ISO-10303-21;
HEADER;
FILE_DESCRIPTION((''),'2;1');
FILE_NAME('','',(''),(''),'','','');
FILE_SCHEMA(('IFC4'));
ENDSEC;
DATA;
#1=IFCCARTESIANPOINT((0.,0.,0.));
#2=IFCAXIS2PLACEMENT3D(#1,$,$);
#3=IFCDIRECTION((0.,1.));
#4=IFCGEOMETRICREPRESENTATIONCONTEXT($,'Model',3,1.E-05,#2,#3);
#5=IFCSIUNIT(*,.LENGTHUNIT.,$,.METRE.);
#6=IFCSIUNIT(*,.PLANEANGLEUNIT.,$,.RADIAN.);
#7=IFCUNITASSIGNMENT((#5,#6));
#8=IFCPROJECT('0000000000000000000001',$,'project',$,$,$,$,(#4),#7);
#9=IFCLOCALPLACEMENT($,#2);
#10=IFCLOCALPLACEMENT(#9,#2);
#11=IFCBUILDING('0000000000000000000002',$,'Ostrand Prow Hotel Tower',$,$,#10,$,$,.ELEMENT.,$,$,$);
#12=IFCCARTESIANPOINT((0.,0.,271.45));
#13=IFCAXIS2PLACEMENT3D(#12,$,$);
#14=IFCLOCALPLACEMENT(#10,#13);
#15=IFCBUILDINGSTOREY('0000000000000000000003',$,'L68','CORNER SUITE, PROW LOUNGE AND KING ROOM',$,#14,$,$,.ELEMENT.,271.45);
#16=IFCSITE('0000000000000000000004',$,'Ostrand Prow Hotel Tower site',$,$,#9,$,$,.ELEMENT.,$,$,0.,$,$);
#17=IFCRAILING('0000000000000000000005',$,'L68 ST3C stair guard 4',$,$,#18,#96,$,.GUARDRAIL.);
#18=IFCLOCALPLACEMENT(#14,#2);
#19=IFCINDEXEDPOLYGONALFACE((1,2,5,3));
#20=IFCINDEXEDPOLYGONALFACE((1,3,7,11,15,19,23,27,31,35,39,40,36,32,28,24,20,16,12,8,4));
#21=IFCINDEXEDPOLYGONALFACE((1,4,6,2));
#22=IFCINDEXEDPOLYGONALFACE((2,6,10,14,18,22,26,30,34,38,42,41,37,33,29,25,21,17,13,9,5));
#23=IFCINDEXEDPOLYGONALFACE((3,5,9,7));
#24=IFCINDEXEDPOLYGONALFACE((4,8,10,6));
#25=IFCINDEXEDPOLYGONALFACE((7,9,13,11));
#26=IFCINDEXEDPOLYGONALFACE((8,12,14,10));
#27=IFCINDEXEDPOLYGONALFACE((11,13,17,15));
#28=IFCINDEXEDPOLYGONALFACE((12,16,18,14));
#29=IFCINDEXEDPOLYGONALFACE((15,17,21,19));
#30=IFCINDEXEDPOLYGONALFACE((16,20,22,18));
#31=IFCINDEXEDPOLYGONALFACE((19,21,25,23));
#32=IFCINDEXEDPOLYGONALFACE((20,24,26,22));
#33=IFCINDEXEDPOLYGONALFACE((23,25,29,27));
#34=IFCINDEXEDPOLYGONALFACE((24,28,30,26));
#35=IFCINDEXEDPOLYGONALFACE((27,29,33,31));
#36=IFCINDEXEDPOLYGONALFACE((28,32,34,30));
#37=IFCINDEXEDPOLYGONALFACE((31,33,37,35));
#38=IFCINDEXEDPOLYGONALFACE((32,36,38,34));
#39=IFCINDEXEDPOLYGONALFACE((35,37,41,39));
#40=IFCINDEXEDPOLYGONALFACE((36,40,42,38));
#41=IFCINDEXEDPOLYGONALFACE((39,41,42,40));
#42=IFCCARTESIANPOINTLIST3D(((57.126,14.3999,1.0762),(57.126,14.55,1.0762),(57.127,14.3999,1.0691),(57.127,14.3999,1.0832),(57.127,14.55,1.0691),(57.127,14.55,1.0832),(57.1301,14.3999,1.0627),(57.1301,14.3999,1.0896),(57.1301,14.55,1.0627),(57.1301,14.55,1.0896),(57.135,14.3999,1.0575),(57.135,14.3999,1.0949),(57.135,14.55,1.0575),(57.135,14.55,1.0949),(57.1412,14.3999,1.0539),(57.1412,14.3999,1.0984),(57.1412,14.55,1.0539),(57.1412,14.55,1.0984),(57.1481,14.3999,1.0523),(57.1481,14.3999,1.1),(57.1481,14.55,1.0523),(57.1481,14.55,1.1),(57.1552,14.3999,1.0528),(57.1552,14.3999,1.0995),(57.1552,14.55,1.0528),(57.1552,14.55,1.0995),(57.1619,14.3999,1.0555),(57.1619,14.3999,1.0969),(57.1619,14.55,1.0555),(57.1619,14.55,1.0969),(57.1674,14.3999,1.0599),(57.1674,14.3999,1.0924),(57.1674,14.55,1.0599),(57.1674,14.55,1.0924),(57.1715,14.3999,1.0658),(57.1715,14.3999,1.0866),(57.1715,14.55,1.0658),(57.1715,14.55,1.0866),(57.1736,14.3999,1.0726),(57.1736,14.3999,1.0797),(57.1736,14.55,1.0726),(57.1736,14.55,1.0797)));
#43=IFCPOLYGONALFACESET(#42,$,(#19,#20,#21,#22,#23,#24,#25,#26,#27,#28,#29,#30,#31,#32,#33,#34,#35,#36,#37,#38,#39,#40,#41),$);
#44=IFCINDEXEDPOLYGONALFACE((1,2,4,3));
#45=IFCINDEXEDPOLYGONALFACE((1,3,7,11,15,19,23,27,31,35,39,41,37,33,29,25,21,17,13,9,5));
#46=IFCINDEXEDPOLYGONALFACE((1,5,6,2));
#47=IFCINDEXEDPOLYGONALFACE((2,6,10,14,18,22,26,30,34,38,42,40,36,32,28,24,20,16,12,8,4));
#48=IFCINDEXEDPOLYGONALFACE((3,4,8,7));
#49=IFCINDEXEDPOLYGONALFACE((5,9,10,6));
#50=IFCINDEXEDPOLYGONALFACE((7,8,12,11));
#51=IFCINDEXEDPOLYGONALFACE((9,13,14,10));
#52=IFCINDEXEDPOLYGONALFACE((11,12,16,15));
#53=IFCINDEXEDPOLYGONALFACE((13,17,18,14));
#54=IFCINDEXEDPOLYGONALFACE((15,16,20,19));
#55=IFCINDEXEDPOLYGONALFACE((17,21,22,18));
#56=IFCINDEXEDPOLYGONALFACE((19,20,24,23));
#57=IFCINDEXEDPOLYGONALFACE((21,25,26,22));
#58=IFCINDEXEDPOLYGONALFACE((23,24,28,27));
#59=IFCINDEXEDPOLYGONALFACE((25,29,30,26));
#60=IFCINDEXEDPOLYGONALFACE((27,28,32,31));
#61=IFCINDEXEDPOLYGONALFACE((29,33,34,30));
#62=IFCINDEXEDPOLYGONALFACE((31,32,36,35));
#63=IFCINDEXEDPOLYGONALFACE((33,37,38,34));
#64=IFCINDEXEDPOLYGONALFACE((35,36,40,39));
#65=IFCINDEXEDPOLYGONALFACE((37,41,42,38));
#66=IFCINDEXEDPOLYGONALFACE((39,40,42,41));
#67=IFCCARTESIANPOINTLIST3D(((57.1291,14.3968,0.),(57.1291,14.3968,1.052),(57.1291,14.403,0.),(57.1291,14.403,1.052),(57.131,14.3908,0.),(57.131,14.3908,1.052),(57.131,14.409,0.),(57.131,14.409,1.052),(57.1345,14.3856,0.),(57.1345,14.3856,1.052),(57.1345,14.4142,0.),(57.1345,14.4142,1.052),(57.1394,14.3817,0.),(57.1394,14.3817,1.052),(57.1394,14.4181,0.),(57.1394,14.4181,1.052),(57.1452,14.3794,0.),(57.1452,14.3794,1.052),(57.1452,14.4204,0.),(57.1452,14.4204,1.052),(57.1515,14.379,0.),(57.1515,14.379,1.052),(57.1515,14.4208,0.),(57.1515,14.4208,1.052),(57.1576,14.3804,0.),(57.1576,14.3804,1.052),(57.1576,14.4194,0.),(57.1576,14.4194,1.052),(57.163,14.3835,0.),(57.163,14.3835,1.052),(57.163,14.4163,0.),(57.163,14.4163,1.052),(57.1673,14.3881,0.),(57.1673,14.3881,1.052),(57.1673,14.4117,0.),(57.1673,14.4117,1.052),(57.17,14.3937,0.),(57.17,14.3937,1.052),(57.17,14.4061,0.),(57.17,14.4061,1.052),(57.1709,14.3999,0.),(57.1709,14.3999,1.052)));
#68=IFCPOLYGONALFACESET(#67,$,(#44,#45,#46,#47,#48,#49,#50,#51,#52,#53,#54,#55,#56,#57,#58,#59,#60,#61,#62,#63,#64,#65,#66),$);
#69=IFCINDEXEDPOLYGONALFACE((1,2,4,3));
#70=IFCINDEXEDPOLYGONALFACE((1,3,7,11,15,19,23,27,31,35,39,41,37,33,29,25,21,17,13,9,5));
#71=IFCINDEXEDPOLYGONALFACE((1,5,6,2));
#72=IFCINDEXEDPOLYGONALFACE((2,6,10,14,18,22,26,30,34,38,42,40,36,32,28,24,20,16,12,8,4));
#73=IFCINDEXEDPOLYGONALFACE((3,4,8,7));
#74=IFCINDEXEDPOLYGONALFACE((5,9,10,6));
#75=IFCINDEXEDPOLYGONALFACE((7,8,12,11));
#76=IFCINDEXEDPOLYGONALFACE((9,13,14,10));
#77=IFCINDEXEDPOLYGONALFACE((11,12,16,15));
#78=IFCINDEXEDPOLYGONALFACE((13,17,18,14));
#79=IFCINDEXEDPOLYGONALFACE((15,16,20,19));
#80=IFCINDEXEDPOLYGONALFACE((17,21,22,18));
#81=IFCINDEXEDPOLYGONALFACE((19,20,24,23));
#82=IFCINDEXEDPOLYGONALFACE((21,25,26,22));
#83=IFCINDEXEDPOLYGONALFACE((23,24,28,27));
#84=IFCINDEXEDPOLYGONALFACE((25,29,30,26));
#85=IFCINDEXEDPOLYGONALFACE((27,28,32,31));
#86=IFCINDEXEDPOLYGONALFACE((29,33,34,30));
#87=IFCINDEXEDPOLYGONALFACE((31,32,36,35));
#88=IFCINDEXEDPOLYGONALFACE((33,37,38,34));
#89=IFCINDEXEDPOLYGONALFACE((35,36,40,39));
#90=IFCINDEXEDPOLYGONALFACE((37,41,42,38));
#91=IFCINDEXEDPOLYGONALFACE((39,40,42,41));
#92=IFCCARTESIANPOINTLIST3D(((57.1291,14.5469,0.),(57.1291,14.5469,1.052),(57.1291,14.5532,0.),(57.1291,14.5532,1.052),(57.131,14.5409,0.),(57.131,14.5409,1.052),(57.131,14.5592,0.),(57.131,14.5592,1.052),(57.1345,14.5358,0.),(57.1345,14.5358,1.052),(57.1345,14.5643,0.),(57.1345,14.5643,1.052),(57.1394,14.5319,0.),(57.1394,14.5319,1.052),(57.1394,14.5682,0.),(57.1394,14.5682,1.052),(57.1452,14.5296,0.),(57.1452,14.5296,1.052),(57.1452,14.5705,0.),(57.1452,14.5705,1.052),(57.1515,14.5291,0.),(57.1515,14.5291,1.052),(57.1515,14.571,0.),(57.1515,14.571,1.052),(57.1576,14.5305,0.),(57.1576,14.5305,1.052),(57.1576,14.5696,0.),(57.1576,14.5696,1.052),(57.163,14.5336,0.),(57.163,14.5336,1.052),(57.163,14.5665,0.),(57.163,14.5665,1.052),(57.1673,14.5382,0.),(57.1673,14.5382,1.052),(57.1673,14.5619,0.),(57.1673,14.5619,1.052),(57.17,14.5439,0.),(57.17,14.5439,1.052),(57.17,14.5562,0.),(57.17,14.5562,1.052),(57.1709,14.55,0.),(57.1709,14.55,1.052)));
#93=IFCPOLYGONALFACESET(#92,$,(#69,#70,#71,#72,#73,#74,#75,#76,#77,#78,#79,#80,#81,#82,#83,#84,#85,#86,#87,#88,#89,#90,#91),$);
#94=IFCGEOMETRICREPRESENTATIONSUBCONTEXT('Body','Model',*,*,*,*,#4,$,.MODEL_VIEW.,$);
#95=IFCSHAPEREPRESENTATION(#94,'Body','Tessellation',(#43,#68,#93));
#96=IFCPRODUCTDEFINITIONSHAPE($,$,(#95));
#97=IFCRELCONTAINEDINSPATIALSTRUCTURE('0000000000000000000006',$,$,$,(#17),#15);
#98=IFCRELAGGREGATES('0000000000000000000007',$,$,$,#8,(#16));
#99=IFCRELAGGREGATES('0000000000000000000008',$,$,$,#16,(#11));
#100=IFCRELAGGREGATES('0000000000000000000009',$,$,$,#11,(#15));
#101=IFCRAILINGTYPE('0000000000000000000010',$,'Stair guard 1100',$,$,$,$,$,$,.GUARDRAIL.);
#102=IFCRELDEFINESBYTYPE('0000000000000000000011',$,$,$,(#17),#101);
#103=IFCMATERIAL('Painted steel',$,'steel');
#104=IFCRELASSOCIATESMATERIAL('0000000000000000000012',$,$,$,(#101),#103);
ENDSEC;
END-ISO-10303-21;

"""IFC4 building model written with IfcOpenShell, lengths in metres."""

from ifc_helpers import new_model, si_unit, direction, frame, origin, origin_2d, place, context, subcontext, project, spatial, circle, extrude, material, type_object, element, save


model = new_model("IFC4")

# Units and contexts
model_context = context("Model", 3, precision=1e-05, world=origin(), true_north=direction((0.0, 1.0)))
body_context = subcontext(model_context, "Body", "Model", "MODEL_VIEW")
ifc_project = project(units=[si_unit("LENGTHUNIT", "METRE"), si_unit("PLANEANGLEUNIT", "RADIAN")], contexts=[model_context])

# Site, building, storey
site_placement = place(None, origin())
site = spatial("IfcSite", under=ifc_project, at=site_placement, Name="Ostrand Prow Hotel Tower site", CompositionType="ELEMENT", RefElevation=0.0)
building_placement = place(site_placement, origin())
building = spatial("IfcBuilding", under=site, at=building_placement, Name="Ostrand Prow Hotel Tower", CompositionType="ELEMENT")
storey_placement = place(building_placement, frame((0.0, 0.0, 271.45)))
storey = spatial("IfcBuildingStorey", under=building, at=storey_placement, Name="L68", Description="CORNER SUITE, PROW LOUNGE AND KING ROOM", CompositionType="ELEMENT", Elevation=271.45)

# Railing
ifc_material_1 = material(Name="Painted steel", Category="steel")
railing_type_1 = type_object("IfcRailingType", Name="Stair guard 1100", PredefinedType="GUARDRAIL", material=ifc_material_1)
railing_1_placement = place(storey_placement, frame((57.1499, 14.3999, 0.0)))
element("IfcRailing", 1, at=railing_1_placement, inside=storey, type_object=railing_type_1, Name="L68 ST3C stair guard 4", PredefinedType="GUARDRAIL", context=body_context, shape_type="SweptSolid", body=[
    extrude(circle(Radius=0.0239, at=origin_2d()), frame((0.0, 0.0, 1.0762), z_axis=(0.0, 1.0, 0.0), x_axis=(-1.0, 0.0, 0.0)), (0.0, 0.0, 1.0), 0.1501),
    extrude(circle(Radius=0.021, at=origin_2d()), origin(), (0.0, 0.0, 1.0), 1.052),
    extrude(circle(Radius=0.021, at=origin_2d()), frame((0.0, 0.1501, 0.0)), (0.0, 0.0, 1.0), 1.052),
])

save(model, "model.ifc")
